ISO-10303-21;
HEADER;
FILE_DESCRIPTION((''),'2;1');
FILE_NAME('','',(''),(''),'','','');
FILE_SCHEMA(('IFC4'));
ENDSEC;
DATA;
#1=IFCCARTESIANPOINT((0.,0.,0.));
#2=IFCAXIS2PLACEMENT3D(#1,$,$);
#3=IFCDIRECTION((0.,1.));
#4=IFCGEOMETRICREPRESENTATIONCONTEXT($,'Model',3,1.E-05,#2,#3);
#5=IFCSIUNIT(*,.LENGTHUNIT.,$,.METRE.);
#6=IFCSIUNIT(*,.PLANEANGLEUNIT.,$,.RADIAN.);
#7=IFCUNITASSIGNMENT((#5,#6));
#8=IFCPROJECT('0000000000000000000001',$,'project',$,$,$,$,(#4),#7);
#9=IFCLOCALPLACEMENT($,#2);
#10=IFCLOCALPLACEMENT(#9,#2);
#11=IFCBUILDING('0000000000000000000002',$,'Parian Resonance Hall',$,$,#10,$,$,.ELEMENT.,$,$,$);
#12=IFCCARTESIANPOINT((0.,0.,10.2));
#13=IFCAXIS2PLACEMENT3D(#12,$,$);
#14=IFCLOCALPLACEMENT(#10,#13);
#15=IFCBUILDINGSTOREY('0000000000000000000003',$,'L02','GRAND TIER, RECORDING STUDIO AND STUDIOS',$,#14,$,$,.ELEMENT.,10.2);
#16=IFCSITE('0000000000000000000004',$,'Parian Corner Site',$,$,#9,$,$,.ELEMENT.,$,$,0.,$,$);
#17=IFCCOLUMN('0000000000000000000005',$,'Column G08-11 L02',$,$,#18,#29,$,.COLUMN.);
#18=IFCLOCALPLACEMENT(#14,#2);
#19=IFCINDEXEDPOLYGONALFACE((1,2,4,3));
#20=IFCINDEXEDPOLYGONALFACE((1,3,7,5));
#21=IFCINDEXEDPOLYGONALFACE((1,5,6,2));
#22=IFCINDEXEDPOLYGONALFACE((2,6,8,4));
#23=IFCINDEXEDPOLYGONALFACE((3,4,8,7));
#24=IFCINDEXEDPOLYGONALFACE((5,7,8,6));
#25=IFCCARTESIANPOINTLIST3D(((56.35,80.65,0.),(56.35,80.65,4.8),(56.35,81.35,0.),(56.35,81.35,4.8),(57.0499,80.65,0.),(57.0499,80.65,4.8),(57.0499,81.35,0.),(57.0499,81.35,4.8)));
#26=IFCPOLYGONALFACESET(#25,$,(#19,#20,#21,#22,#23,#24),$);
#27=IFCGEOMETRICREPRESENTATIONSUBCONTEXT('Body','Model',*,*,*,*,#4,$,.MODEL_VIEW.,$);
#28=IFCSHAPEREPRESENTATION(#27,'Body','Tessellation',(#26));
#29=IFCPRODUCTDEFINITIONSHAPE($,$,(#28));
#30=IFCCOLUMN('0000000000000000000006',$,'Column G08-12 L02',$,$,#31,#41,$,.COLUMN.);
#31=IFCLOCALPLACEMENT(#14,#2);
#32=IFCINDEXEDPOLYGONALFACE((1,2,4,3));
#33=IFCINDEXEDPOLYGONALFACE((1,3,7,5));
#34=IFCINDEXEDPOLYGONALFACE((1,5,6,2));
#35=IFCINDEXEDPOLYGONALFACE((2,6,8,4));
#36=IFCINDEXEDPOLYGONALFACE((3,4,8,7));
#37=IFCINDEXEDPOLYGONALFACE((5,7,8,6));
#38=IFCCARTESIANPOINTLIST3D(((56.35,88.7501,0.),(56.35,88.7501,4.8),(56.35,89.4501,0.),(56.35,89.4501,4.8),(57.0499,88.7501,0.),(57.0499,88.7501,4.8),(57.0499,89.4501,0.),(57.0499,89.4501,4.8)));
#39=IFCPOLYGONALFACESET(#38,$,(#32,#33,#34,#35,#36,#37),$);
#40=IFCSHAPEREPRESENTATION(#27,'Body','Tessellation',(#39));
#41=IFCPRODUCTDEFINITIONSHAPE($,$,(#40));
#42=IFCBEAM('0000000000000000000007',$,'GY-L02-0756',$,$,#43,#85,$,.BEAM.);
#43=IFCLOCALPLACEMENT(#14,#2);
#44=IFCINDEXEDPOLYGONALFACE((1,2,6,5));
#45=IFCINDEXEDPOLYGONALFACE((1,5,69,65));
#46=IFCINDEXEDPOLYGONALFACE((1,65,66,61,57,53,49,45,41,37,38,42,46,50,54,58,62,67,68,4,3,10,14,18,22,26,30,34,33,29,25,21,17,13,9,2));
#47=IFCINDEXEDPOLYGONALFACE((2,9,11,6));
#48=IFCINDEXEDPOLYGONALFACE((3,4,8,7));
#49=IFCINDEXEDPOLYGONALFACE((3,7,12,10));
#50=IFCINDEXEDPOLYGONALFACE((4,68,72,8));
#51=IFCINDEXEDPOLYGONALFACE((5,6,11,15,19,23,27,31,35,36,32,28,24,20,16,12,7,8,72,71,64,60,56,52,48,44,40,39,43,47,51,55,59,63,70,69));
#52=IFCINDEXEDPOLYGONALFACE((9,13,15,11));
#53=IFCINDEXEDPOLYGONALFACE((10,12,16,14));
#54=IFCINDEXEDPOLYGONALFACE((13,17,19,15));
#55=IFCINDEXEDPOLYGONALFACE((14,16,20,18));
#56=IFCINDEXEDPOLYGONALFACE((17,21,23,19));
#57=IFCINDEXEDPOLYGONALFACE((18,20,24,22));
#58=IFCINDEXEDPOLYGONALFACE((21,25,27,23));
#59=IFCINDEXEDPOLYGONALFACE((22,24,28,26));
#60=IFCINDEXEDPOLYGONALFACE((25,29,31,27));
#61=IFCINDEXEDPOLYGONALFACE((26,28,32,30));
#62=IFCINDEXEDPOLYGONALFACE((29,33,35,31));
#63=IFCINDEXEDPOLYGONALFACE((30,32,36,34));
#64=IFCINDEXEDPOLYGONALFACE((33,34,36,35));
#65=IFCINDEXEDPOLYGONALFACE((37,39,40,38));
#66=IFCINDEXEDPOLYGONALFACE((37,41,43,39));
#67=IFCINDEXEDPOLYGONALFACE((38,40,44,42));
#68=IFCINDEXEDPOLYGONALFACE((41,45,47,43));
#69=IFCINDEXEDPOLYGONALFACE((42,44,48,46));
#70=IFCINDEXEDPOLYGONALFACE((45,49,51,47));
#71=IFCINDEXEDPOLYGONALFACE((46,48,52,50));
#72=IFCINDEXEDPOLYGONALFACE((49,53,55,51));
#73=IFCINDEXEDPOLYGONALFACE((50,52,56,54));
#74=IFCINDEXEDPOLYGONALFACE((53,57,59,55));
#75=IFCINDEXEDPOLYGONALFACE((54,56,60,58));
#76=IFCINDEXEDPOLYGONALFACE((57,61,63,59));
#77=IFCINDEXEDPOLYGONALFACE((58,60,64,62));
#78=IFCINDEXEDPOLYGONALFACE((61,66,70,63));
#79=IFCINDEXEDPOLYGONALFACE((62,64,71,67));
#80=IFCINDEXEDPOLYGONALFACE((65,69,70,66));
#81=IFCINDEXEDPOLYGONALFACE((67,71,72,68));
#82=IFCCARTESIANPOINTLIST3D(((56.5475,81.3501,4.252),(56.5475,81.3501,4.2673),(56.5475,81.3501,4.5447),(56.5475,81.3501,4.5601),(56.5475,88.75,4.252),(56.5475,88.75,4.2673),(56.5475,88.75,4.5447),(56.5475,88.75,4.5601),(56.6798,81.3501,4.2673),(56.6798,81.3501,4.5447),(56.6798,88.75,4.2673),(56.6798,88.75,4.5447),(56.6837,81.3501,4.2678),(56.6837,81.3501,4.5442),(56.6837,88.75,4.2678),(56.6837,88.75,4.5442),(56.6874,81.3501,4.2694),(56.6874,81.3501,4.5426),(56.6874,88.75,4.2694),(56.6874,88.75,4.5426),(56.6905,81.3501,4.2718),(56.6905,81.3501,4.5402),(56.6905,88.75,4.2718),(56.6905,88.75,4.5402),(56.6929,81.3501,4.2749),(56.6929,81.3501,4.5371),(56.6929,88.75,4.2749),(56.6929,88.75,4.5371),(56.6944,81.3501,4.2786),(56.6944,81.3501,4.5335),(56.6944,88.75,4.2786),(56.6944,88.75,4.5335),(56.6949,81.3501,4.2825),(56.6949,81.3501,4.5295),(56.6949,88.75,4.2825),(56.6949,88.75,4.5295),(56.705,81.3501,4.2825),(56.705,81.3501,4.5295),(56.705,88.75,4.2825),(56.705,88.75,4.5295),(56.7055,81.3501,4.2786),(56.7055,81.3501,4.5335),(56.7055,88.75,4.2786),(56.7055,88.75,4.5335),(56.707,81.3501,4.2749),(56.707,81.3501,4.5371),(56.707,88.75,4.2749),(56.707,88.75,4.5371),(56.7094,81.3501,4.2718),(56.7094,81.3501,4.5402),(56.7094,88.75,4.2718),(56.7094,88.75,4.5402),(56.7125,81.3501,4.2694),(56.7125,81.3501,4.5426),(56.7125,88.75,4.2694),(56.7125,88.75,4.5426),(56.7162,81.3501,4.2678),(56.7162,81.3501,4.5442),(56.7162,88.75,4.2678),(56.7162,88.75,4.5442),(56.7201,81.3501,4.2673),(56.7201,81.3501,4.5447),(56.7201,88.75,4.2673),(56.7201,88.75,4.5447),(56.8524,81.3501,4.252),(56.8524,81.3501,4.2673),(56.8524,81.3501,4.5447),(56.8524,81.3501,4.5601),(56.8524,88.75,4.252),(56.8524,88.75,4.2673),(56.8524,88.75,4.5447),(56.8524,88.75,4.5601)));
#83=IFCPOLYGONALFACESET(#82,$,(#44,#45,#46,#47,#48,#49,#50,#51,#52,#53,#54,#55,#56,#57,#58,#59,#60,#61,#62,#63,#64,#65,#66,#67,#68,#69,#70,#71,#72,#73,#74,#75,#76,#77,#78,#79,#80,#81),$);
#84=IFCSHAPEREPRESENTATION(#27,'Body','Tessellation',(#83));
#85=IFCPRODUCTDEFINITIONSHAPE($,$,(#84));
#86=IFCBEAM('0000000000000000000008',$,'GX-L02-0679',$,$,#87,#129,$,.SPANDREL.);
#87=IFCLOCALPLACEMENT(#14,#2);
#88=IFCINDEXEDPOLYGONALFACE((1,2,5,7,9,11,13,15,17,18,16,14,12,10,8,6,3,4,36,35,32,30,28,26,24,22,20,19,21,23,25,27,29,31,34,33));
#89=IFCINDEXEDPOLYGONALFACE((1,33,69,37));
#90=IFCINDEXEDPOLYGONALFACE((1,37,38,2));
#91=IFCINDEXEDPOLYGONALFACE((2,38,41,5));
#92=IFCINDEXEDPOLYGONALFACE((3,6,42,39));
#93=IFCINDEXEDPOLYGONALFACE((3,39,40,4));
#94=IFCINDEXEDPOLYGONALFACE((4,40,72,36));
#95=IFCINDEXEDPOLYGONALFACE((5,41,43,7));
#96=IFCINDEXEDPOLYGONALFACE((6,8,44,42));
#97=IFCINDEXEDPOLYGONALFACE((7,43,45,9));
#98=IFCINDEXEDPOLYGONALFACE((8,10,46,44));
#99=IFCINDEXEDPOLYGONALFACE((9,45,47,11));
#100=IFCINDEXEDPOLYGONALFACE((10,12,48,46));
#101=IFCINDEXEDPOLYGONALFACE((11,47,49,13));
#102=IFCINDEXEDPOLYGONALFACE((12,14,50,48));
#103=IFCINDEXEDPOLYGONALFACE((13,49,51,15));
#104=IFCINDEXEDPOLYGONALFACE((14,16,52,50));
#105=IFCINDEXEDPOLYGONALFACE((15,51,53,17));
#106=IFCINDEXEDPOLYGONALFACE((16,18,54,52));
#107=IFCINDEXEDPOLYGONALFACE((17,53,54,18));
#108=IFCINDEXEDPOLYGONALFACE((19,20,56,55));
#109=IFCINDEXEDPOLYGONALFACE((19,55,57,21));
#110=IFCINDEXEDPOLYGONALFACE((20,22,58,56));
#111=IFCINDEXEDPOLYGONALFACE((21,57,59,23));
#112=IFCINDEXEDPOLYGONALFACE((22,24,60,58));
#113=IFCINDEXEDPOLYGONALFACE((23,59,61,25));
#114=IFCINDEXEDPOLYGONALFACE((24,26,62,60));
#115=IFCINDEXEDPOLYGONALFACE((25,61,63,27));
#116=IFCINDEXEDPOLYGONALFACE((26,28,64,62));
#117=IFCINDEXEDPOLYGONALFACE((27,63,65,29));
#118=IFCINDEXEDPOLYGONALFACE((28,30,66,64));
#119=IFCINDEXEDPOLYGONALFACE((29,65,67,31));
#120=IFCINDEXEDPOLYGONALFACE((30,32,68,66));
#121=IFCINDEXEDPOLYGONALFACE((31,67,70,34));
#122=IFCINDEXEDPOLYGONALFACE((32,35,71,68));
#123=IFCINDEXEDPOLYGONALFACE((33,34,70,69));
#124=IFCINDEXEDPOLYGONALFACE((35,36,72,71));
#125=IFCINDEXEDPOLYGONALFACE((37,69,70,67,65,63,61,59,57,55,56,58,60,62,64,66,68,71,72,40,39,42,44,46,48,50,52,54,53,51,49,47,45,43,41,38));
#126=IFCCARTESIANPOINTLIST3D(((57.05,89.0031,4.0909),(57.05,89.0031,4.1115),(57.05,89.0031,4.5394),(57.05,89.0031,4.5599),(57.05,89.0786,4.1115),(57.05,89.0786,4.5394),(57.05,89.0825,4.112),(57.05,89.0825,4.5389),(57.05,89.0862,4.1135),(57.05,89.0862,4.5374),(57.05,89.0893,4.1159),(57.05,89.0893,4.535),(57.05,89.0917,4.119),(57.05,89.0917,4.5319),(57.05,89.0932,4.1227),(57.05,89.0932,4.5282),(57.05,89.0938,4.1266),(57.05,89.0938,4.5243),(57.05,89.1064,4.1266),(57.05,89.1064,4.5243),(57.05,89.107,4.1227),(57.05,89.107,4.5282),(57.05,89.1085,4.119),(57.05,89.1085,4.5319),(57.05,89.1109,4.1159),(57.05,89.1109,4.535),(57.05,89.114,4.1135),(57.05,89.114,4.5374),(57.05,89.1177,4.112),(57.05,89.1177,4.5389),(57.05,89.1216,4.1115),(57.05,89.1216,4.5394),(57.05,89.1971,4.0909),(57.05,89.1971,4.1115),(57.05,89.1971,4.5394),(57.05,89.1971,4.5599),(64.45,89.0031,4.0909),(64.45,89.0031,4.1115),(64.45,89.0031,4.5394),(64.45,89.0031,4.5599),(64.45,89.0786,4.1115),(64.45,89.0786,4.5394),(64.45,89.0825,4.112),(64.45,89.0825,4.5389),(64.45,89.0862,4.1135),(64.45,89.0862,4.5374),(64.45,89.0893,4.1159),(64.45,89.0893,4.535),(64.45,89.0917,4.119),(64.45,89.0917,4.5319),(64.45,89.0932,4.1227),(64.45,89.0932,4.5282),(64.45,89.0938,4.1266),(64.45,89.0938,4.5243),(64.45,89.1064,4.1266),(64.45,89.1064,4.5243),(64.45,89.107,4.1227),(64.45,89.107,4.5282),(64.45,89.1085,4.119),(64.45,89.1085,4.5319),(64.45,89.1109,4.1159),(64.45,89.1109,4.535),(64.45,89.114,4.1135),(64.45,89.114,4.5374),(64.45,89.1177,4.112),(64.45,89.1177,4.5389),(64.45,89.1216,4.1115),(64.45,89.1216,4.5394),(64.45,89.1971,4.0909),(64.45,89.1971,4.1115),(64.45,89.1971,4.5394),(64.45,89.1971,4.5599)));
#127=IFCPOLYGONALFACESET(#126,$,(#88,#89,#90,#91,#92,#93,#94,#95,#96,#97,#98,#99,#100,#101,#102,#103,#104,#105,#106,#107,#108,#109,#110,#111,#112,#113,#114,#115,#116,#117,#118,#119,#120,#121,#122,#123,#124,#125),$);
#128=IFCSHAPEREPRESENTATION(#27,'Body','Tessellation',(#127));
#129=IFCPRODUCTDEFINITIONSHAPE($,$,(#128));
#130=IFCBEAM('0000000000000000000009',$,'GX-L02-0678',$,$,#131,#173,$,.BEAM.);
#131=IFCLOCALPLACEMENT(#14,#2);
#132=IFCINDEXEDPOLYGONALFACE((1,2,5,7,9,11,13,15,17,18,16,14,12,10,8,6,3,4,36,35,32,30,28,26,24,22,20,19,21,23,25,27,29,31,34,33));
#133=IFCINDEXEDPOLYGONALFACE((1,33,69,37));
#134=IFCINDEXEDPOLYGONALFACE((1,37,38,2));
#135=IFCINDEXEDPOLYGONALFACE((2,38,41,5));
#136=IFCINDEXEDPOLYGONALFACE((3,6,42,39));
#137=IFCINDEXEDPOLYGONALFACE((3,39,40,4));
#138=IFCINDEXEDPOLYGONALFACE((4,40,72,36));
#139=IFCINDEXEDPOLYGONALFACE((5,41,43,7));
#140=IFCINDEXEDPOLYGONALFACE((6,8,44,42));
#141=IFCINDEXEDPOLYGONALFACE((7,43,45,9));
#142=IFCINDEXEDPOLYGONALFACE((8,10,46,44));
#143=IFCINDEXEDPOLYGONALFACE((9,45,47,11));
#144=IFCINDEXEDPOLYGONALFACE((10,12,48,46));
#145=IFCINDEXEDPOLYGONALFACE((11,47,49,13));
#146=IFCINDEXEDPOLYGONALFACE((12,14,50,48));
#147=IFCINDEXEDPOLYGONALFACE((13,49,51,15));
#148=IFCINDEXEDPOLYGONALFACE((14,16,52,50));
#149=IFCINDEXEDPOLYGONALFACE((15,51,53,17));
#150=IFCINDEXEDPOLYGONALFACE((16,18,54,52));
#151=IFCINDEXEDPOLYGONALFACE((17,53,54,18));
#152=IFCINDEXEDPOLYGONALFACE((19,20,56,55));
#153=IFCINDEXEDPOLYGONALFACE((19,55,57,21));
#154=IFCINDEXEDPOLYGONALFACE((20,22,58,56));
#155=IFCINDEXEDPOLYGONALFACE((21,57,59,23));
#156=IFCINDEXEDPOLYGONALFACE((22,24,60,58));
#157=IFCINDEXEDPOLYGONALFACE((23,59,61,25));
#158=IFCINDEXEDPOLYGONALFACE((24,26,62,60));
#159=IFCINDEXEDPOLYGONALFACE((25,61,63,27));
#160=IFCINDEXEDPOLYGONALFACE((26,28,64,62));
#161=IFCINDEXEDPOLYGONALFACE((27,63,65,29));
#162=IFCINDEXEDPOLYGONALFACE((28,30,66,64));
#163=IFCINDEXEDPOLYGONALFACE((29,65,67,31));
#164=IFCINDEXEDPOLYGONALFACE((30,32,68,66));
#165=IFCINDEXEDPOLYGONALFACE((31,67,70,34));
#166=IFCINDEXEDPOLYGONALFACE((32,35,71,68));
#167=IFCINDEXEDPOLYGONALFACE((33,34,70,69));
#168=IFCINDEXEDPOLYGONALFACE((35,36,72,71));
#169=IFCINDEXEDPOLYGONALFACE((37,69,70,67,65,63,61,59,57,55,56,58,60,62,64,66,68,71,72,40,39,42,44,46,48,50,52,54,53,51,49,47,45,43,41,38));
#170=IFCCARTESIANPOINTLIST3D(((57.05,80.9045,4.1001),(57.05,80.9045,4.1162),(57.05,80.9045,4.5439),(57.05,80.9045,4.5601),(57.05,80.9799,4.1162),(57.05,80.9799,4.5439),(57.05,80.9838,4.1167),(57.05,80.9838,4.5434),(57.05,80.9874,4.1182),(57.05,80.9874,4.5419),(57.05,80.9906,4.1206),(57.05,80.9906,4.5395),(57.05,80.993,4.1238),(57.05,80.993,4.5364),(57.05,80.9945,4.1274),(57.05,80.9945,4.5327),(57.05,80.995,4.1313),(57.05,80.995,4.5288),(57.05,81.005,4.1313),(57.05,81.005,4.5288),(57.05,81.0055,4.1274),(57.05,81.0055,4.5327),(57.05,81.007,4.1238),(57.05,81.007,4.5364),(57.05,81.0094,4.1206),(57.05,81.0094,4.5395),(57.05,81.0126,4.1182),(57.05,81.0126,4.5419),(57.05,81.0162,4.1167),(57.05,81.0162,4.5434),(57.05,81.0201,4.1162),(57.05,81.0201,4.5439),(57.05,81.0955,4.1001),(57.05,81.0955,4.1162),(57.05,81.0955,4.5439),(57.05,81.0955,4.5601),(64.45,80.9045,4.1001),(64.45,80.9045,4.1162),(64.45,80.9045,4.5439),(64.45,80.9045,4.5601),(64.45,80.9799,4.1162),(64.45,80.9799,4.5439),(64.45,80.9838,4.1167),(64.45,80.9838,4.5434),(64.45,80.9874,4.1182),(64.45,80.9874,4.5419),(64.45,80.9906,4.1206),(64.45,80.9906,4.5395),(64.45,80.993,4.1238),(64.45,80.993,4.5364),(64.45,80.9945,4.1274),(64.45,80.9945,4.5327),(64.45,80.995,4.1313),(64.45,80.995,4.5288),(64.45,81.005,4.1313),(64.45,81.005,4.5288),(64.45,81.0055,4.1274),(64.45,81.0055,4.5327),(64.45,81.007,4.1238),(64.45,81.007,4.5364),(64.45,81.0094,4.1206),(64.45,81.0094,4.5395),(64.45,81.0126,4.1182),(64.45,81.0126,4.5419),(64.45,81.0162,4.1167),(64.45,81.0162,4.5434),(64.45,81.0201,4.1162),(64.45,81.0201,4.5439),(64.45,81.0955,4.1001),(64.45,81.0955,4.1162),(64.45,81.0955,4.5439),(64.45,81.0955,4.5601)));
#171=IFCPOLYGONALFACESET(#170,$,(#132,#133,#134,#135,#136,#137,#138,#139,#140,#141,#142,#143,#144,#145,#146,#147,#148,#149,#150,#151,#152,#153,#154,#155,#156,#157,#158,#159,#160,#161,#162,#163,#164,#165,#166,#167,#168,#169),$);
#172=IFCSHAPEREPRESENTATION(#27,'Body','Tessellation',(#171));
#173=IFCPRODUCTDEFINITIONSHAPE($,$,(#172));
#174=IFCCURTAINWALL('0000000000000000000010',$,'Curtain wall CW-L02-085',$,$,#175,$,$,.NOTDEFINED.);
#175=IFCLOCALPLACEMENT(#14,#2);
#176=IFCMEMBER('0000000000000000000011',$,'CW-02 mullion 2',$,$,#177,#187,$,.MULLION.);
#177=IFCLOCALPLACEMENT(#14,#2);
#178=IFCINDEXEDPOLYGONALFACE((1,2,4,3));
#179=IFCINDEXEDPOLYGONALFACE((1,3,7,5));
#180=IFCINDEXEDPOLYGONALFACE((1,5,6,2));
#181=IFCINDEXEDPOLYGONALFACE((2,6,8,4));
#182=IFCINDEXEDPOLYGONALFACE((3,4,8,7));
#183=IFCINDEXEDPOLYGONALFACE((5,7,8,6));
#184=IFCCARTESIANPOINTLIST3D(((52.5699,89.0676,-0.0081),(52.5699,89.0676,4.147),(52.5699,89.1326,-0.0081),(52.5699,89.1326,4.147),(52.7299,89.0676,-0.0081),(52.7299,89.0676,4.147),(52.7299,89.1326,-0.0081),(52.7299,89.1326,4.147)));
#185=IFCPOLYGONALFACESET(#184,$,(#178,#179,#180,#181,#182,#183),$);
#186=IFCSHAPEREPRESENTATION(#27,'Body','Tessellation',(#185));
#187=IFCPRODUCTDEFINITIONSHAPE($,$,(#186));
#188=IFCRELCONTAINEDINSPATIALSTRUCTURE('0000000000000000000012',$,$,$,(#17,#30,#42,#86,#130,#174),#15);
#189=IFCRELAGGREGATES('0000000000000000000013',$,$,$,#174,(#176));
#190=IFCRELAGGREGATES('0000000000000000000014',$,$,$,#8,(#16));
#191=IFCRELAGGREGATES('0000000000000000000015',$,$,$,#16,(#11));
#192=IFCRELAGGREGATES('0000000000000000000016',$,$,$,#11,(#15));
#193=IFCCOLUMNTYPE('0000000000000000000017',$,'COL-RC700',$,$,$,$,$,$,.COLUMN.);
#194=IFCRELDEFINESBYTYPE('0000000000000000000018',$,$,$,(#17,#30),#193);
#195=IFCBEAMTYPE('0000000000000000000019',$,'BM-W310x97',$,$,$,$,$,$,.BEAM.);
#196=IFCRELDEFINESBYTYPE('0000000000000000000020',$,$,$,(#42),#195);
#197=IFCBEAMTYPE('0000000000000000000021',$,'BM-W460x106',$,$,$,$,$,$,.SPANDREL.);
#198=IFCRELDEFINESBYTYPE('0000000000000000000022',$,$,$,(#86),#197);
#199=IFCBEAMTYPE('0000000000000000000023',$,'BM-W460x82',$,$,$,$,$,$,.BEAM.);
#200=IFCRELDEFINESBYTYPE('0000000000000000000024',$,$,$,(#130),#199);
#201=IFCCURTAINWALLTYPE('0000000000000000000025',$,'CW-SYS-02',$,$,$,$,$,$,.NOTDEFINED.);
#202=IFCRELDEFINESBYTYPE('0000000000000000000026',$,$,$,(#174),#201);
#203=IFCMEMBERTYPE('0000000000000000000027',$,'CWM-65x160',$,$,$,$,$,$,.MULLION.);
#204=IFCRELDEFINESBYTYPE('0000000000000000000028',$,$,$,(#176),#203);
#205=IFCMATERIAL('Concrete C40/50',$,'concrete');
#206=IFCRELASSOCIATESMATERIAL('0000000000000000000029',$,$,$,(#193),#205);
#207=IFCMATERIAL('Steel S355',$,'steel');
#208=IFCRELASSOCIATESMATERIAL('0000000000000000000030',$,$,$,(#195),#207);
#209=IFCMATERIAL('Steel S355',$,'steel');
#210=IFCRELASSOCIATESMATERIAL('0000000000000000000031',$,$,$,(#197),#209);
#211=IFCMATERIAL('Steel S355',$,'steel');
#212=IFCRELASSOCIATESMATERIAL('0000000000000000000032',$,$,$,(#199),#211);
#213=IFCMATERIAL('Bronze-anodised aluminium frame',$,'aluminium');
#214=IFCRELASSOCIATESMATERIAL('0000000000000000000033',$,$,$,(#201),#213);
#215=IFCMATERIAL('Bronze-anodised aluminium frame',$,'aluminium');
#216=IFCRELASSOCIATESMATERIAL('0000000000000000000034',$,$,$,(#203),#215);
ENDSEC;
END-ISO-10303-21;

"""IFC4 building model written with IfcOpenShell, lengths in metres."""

from ifc_helpers import new_model, si_unit, direction, frame, origin, origin_2d, place, context, subcontext, project, spatial, rectangle, i_section, extrude, material, material_profile, profile_set, type_object, element, aggregate, save


model = new_model("IFC4")

# Units and contexts
model_context = context("Model", 3, precision=1e-05, world=origin(), true_north=direction((0.0, 1.0)))
body_context = subcontext(model_context, "Body", "Model", "MODEL_VIEW")
ifc_project = project(units=[si_unit("LENGTHUNIT", "METRE"), si_unit("PLANEANGLEUNIT", "RADIAN")], contexts=[model_context])

# Site, building, storey
site_placement = place(None, origin())
site = spatial("IfcSite", under=ifc_project, at=site_placement, Name="Parian Corner Site", CompositionType="ELEMENT", RefElevation=0.0)
building_placement = place(site_placement, origin())
building = spatial("IfcBuilding", under=site, at=building_placement, Name="Parian Resonance Hall", CompositionType="ELEMENT")
storey_placement = place(building_placement, frame((0.0, 0.0, 10.2)))
storey = spatial("IfcBuildingStorey", under=building, at=storey_placement, Name="L02", Description="GRAND TIER, RECORDING STUDIO AND STUDIOS", CompositionType="ELEMENT", Elevation=10.2)

# Columns
ifc_material_1 = material(Name="Concrete C40/50", Category="concrete")
ifc_material_profile_1 = material_profile(ifc_material_1, rectangle(XDim=0.7, YDim=0.7, at=origin_2d()), Name="RC-COL-700x700")
ifc_profile_set_1 = profile_set([ifc_material_profile_1], Name="Concrete C40/50")
column_type = type_object("IfcColumnType", Name="COL-RC700", PredefinedType="COLUMN", material=ifc_profile_set_1)
for number, where, z_axis, x_axis, name in (
    (1, (56.7, 81.0, 0.0), (0.0, 0.0, 1.0), (1.0, 0.0, 0.0), "Column G08-11 L02"),
    (2, (56.7, 89.1001, 0.0), (0.0, 0.0, 1.0), (1.0, 0.0, 0.0), "Column G08-12 L02"),
):
    element("IfcColumn", number, at=place(storey_placement, frame(where, z_axis=z_axis, x_axis=x_axis)), inside=storey, type_object=column_type, Name=name, PredefinedType="COLUMN", context=body_context, shape_type="SweptSolid", body=[
        extrude(rectangle(XDim=0.7, YDim=0.7, at=origin_2d()), origin(), (0.0, 0.0, 1.0), 4.8),
    ])

# Beams
ifc_material_2 = material(Name="Steel S355", Category="steel")
ifc_material_profile_2 = material_profile(ifc_material_2, i_section(OverallWidth=0.3049, OverallDepth=0.3081, WebThickness=0.01, FlangeThickness=0.0154, FilletRadius=0.0151, at=origin_2d()), Name="W310x97")
ifc_profile_set_2 = profile_set([ifc_material_profile_2], Name="Steel S355")
beam_type_1 = type_object("IfcBeamType", Name="BM-W310x97", PredefinedType="BEAM", material=ifc_profile_set_2)
beam_1_placement = place(storey_placement, frame((56.7, 81.3501, 4.406), z_axis=(0.0, 1.0, 0.0), x_axis=(-1.0, 0.0, 0.0)))
element("IfcBeam", 3, at=beam_1_placement, inside=storey, type_object=beam_type_1, Name="GY-L02-0756", PredefinedType="BEAM", context=body_context, shape_type="SweptSolid", body=[
    extrude(i_section(OverallWidth=0.3049, OverallDepth=0.3081, WebThickness=0.01, FlangeThickness=0.0154, FilletRadius=0.0151, at=origin_2d()), origin(), (0.0, 0.0, 1.0), 7.3999),
])
ifc_material_3 = material(Name="Steel S355", Category="steel")
ifc_material_profile_3 = material_profile(ifc_material_3, i_section(OverallWidth=0.1941, OverallDepth=0.469, WebThickness=0.0127, FlangeThickness=0.0205, FilletRadius=0.0151, at=origin_2d()), Name="W460x106")
ifc_profile_set_3 = profile_set([ifc_material_profile_3], Name="Steel S355")
beam_type_2 = type_object("IfcBeamType", Name="BM-W460x106", PredefinedType="SPANDREL", material=ifc_profile_set_3)
beam_2_placement = place(storey_placement, frame((57.05, 89.1001, 4.3254), z_axis=(1.0, 0.0, 0.0), x_axis=(0.0, 1.0, 0.0)))
element("IfcBeam", 4, at=beam_2_placement, inside=storey, type_object=beam_type_2, Name="GX-L02-0679", PredefinedType="SPANDREL", context=body_context, shape_type="SweptSolid", body=[
    extrude(i_section(OverallWidth=0.1941, OverallDepth=0.469, WebThickness=0.0127, FlangeThickness=0.0205, FilletRadius=0.0151, at=origin_2d()), origin(), (0.0, 0.0, 1.0), 7.3999),
])
ifc_material_4 = material(Name="Steel S355", Category="steel")
ifc_material_profile_4 = material_profile(ifc_material_4, i_section(OverallWidth=0.1909, OverallDepth=0.46, WebThickness=0.01, FlangeThickness=0.0161, FilletRadius=0.0151, at=origin_2d()), Name="W460x82")
ifc_profile_set_4 = profile_set([ifc_material_profile_4], Name="Steel S355")
beam_type_3 = type_object("IfcBeamType", Name="BM-W460x82", PredefinedType="BEAM", material=ifc_profile_set_4)
beam_3_placement = place(storey_placement, frame((57.05, 81.0, 4.3301), z_axis=(1.0, 0.0, 0.0), x_axis=(0.0, 1.0, 0.0)))
element("IfcBeam", 5, at=beam_3_placement, inside=storey, type_object=beam_type_3, Name="GX-L02-0678", PredefinedType="BEAM", context=body_context, shape_type="SweptSolid", body=[
    extrude(i_section(OverallWidth=0.1909, OverallDepth=0.46, WebThickness=0.01, FlangeThickness=0.0161, FilletRadius=0.0151, at=origin_2d()), origin(), (0.0, 0.0, 1.0), 7.3999),
])

# Curtain wall, member
ifc_material_5 = material(Name="Bronze-anodised aluminium frame", Category="aluminium")
curtain_wall_type_1 = type_object("IfcCurtainWallType", Name="CW-SYS-02", PredefinedType="NOTDEFINED", material=ifc_material_5)
curtain_wall_1_placement = place(storey_placement, origin())
curtain_wall_1 = element("IfcCurtainWall", 6, at=curtain_wall_1_placement, inside=storey, type_object=curtain_wall_type_1, Name="Curtain wall CW-L02-085", PredefinedType="NOTDEFINED")
ifc_material_6 = material(Name="Bronze-anodised aluminium frame", Category="aluminium")
ifc_material_profile_5 = material_profile(ifc_material_6, rectangle(XDim=0.0649, YDim=0.1599, at=origin_2d()), Name="CWM-65x160")
ifc_profile_set_5 = profile_set([ifc_material_profile_5], Name="Bronze-anodised aluminium frame")
member_type_1 = type_object("IfcMemberType", Name="CWM-65x160", PredefinedType="MULLION", material=ifc_profile_set_5)
member_1_placement = place(storey_placement, frame((52.6499, 89.1001, -0.0081), z_axis=(0.0, 0.0, 1.0), x_axis=(0.0, 1.0, 0.0)))
member_1 = element("IfcMember", 7, at=member_1_placement, type_object=member_type_1, Name="CW-02 mullion 2", PredefinedType="MULLION", context=body_context, shape_type="SweptSolid", body=[
    extrude(rectangle(XDim=0.0649, YDim=0.1599, at=origin_2d()), origin(), (0.0, 0.0, 1.0), 4.155),
])

aggregate(curtain_wall_1, [member_1])

save(model, "model.ifc")
